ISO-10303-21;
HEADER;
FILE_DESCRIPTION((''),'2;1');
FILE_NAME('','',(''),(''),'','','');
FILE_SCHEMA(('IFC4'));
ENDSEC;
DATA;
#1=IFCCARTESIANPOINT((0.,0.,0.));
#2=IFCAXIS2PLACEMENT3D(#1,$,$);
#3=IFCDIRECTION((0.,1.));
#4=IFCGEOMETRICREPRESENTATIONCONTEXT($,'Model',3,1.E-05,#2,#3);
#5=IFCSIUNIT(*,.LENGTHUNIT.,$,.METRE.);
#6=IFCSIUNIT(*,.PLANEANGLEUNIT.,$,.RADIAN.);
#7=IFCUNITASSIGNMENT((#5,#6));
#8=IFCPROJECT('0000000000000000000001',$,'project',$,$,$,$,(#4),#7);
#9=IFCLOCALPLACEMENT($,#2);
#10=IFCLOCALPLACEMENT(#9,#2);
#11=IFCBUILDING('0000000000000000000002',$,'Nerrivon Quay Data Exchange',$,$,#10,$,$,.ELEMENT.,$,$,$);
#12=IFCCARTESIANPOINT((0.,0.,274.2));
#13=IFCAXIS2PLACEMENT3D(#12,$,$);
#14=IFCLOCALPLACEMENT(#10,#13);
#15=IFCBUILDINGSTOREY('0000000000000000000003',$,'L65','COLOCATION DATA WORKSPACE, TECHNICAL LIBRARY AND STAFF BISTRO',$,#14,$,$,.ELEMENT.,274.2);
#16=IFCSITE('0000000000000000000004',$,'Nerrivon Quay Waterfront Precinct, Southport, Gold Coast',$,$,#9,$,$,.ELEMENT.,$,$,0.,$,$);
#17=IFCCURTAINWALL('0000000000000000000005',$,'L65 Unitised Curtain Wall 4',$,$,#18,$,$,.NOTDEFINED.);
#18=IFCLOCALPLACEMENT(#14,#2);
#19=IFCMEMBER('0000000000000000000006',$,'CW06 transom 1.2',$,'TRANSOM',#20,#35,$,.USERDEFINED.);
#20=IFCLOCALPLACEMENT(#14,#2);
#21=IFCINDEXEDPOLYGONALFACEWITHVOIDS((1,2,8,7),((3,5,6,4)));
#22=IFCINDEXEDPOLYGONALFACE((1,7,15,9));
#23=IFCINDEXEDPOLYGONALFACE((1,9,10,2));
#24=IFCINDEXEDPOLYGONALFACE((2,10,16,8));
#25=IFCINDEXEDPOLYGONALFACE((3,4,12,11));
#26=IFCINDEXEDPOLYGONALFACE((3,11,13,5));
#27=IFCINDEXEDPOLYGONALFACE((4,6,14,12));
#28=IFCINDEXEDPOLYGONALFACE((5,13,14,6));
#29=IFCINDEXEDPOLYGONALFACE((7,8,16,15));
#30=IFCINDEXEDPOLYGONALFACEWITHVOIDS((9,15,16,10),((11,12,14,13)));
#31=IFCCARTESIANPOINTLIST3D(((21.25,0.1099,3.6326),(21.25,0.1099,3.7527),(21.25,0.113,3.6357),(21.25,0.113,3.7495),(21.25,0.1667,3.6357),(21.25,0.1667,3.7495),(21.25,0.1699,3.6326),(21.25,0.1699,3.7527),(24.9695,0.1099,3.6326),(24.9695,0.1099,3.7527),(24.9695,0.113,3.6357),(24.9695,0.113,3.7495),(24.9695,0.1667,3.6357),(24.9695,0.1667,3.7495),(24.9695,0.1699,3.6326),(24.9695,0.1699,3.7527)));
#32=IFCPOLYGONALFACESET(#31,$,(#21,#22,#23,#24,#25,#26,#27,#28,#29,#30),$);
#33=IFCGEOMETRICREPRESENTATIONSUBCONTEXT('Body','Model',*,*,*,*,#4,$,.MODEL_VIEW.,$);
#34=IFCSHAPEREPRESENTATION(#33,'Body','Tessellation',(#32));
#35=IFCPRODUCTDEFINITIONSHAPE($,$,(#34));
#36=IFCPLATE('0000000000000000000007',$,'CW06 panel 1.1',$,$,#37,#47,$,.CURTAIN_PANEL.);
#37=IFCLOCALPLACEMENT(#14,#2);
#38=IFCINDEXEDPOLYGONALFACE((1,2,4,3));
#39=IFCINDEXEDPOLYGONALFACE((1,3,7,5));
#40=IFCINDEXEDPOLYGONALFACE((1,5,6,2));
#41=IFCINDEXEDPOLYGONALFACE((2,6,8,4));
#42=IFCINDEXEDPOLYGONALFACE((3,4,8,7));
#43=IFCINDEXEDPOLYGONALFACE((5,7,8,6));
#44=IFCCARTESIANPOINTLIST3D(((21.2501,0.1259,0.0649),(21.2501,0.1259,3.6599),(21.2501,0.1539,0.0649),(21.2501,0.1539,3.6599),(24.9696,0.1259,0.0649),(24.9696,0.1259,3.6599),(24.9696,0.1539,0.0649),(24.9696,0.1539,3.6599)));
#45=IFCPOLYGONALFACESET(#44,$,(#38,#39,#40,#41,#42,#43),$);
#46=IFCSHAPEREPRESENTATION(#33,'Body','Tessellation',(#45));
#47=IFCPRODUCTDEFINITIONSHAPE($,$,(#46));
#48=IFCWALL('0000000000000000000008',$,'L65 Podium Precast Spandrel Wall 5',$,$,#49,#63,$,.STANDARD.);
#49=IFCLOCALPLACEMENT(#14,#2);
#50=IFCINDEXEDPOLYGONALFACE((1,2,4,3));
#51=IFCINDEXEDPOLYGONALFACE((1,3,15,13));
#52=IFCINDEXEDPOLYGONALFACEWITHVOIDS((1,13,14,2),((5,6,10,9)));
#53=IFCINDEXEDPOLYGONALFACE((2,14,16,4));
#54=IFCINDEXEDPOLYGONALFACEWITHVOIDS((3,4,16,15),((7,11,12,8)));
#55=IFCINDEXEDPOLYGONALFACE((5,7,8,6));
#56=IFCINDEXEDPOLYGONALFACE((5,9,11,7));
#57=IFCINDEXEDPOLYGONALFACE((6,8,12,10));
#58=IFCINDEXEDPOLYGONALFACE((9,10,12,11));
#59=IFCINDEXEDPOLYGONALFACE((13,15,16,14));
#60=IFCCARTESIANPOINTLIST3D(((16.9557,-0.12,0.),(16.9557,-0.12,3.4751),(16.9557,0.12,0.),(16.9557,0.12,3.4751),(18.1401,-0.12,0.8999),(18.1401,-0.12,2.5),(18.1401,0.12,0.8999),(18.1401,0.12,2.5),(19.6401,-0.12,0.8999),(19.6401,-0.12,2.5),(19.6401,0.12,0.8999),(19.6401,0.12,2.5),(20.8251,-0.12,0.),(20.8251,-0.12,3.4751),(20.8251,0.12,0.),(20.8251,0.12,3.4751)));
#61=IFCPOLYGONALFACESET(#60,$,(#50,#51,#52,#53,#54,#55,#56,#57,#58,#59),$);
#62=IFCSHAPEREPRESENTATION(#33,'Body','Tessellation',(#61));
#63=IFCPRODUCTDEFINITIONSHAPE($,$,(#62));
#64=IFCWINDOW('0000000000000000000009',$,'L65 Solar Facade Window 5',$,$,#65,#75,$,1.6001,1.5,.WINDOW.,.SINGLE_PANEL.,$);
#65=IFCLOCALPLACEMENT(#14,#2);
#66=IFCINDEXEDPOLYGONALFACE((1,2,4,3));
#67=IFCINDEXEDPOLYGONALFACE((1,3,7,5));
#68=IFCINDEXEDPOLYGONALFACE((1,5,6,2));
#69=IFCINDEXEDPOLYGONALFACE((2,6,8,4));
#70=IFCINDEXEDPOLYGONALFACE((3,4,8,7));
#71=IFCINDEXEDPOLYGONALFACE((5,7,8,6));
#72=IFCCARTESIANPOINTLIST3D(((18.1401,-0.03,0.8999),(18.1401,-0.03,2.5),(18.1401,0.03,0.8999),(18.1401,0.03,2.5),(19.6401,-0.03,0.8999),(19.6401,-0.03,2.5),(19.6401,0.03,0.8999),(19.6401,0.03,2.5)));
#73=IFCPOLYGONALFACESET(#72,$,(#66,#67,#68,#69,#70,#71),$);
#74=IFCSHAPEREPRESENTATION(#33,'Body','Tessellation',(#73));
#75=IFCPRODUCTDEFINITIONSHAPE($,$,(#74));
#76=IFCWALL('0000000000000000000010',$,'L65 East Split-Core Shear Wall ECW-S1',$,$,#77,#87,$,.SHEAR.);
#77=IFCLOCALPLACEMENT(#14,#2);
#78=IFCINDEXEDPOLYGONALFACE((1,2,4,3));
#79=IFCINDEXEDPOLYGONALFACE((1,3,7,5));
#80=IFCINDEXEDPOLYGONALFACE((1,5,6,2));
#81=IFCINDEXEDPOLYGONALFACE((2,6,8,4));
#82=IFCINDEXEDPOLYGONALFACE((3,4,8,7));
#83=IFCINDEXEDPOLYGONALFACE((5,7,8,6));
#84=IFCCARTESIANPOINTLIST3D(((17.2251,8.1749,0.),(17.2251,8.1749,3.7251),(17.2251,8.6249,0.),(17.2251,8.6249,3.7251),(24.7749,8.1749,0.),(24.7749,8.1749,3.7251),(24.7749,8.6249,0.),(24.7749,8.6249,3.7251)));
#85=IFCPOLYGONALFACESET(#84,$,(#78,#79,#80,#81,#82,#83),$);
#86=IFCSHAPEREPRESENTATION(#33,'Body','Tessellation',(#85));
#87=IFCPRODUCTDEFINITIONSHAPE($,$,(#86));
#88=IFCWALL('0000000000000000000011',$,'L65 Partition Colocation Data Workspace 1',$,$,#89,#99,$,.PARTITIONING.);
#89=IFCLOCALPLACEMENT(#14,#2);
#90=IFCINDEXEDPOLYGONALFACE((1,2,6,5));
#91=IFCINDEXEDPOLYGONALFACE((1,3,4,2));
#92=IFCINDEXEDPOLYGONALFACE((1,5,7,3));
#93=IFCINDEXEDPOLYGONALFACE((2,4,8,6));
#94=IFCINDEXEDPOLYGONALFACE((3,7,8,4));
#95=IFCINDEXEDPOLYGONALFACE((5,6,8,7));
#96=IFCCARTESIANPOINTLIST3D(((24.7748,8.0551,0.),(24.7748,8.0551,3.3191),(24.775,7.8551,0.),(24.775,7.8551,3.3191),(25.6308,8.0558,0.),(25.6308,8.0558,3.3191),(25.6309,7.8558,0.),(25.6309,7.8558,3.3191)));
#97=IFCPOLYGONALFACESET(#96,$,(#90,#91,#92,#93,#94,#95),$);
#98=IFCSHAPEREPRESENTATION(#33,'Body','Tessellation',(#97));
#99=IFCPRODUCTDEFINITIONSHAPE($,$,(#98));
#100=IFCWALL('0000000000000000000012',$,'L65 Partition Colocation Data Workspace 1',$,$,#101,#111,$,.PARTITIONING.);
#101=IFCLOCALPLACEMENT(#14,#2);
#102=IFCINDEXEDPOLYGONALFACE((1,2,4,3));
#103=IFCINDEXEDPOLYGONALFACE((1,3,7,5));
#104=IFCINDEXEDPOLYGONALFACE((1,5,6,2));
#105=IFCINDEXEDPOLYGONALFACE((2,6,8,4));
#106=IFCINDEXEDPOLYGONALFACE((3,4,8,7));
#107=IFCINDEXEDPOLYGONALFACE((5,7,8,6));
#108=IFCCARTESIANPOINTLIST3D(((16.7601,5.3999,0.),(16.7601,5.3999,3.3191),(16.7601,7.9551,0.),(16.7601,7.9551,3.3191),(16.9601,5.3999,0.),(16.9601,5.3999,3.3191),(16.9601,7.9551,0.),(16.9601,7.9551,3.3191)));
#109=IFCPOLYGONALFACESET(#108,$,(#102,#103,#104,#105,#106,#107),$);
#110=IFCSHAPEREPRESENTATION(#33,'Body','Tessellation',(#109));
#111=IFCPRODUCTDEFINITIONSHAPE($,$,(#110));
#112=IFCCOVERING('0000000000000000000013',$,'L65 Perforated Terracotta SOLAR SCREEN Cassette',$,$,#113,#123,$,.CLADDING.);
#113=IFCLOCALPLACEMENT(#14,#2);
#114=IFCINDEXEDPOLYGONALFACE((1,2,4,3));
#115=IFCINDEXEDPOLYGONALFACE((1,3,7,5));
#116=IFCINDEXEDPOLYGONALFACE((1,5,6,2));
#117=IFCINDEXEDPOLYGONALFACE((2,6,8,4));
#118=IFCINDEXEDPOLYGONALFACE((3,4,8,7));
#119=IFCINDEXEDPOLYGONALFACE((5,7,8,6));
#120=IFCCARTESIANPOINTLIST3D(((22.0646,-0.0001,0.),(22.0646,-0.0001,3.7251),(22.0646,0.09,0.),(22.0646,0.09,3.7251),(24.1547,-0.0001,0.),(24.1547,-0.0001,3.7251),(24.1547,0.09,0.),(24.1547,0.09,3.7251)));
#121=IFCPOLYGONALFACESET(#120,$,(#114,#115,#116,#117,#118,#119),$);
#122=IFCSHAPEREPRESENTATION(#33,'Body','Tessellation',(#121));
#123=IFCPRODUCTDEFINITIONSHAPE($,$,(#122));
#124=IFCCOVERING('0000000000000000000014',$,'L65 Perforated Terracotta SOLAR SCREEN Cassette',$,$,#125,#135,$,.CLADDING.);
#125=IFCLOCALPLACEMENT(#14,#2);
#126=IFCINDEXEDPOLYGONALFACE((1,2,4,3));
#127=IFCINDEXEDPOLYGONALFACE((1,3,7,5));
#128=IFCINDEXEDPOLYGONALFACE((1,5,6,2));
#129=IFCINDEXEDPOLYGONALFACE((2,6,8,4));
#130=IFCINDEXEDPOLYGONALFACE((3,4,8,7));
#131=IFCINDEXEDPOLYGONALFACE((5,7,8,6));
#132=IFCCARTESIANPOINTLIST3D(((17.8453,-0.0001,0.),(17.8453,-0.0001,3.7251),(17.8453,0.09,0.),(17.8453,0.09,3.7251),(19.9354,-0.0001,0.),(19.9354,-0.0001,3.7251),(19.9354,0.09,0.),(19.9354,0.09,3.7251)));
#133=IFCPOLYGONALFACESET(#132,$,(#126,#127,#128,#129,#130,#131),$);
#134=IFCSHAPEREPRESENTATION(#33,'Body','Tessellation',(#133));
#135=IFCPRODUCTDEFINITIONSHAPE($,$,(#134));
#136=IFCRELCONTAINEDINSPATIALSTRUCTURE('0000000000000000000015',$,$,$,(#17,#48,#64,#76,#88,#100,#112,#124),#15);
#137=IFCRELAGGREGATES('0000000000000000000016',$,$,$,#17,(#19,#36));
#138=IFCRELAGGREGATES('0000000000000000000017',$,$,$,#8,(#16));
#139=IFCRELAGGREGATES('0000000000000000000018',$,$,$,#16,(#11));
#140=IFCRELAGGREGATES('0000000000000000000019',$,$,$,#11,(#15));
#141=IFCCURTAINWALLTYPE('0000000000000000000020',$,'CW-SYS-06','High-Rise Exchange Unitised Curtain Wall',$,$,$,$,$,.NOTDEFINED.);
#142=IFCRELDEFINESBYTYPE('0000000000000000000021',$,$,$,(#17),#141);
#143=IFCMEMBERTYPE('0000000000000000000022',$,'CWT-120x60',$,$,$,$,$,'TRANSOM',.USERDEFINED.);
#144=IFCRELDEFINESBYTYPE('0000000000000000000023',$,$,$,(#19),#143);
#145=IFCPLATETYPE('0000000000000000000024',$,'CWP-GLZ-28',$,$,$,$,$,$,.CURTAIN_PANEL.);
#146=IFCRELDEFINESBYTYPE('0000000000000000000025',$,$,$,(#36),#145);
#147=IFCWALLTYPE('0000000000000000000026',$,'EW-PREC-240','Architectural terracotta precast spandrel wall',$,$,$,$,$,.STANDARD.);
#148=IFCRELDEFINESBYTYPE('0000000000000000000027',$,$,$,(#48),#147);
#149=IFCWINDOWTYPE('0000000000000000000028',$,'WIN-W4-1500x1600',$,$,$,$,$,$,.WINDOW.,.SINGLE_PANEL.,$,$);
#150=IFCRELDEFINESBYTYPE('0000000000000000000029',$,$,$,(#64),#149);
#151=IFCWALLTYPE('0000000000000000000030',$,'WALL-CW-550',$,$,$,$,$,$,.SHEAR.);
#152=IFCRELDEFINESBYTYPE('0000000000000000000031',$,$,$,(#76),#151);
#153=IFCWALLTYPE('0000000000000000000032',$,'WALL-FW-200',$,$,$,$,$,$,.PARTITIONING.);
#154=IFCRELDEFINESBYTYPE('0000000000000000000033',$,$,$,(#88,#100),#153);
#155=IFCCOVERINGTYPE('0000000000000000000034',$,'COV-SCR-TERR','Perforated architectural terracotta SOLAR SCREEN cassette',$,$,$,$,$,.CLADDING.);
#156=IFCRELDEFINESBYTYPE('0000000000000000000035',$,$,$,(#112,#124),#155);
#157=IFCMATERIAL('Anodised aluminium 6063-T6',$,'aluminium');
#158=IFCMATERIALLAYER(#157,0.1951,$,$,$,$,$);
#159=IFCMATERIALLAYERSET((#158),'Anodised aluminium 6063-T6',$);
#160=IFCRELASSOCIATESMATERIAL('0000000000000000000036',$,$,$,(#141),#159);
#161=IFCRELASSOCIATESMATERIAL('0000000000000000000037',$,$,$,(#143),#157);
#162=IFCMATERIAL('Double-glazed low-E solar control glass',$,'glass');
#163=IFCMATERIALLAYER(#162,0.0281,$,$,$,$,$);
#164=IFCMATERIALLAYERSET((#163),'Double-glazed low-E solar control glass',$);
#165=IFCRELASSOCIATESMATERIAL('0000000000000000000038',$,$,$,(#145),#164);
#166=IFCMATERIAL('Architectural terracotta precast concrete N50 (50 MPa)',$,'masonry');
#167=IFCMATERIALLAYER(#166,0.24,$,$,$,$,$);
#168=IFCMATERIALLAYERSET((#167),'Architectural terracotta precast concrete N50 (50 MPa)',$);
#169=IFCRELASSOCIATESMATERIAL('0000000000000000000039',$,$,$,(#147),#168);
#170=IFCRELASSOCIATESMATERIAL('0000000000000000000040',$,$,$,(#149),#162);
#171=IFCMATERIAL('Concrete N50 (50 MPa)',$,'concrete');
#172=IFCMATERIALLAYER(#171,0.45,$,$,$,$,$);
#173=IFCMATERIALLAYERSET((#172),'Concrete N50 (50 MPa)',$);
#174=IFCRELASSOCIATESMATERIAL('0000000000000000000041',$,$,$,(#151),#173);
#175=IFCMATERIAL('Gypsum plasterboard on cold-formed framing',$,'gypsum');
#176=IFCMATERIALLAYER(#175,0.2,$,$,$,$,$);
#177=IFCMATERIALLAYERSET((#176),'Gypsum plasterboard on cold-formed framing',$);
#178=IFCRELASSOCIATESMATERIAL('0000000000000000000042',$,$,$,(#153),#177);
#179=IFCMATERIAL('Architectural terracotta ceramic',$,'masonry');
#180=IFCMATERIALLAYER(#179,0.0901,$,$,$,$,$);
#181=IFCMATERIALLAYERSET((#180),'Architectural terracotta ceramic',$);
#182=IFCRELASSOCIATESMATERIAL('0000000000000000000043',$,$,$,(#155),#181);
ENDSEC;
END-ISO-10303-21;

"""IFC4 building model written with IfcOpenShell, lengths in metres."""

from ifc_helpers import new_model, si_unit, direction, frame, frame_2d, origin, origin_2d, place, context, subcontext, project, spatial, rectangle, hollow_rectangle, extrude, material, layer, layer_set, material_profile, profile_set, type_object, element, fill, aggregate, save


model = new_model("IFC4")

# Units and contexts
model_context = context("Model", 3, precision=1e-05, world=origin(), true_north=direction((0.0, 1.0)))
body_context = subcontext(model_context, "Body", "Model", "MODEL_VIEW")
ifc_project = project(units=[si_unit("LENGTHUNIT", "METRE"), si_unit("PLANEANGLEUNIT", "RADIAN")], contexts=[model_context])

# Site, building, storey
site_placement = place(None, origin())
site = spatial("IfcSite", under=ifc_project, at=site_placement, Name="Nerrivon Quay Waterfront Precinct, Southport, Gold Coast", CompositionType="ELEMENT", RefElevation=0.0)
building_placement = place(site_placement, origin())
building = spatial("IfcBuilding", under=site, at=building_placement, Name="Nerrivon Quay Data Exchange", CompositionType="ELEMENT")
storey_placement = place(building_placement, frame((0.0, 0.0, 274.2)))
storey = spatial("IfcBuildingStorey", under=building, at=storey_placement, Name="L65", Description="COLOCATION DATA WORKSPACE, TECHNICAL LIBRARY AND STAFF BISTRO", CompositionType="ELEMENT", Elevation=274.2)

# Shared definitions
ifc_material_1 = material(Name="Concrete N50 (50 MPa)", Category="concrete")

# Curtain wall, member, plate
ifc_material_2 = material(Name="Anodised aluminium 6063-T6", Category="aluminium")
ifc_layer_1 = layer(ifc_material_2, 0.1951)
ifc_layer_set_1 = layer_set([ifc_layer_1], Name="Anodised aluminium 6063-T6")
curtain_wall_type = type_object("IfcCurtainWallType", Name="CW-SYS-06", Description="High-Rise Exchange Unitised Curtain Wall", PredefinedType="NOTDEFINED", material=ifc_layer_set_1)
curtain_wall_placement = place(storey_placement, origin())
curtain_wall = element("IfcCurtainWall", 1, at=curtain_wall_placement, inside=storey, type_object=curtain_wall_type, Name="L65 Unitised Curtain Wall 4", PredefinedType="NOTDEFINED")
ifc_material_profile_1 = material_profile(ifc_material_2, hollow_rectangle(XDim=0.0601, YDim=0.1201, WallThickness=0.0032, at=origin_2d()), Name="ALU-TRAN-120x60")
ifc_profile_set_1 = profile_set([ifc_material_profile_1], Name="Anodised aluminium 6063-T6")
member_type_1 = type_object("IfcMemberType", Name="CWT-120x60", ElementType="TRANSOM", PredefinedType="USERDEFINED", material=ifc_profile_set_1)
member_1_placement = place(storey_placement, frame((24.9695, 0.1399, 3.6926), z_axis=(-1.0, 0.0, 0.0), x_axis=(0.0, -1.0, 0.0)))
member_1 = element("IfcMember", 2, at=member_1_placement, type_object=member_type_1, Name="CW06 transom 1.2", ObjectType="TRANSOM", PredefinedType="USERDEFINED", context=body_context, shape_type="SweptSolid", body=[
    extrude(hollow_rectangle(XDim=0.0601, YDim=0.1201, WallThickness=0.0032, at=origin_2d()), origin(), (0.0, 0.0, 1.0), 3.7195),
])
ifc_material_3 = material(Name="Double-glazed low-E solar control glass", Category="glass")
ifc_layer_2 = layer(ifc_material_3, 0.0281)
ifc_layer_set_2 = layer_set([ifc_layer_2], Name="Double-glazed low-E solar control glass")
plate_type = type_object("IfcPlateType", Name="CWP-GLZ-28", PredefinedType="CURTAIN_PANEL", material=ifc_layer_set_2)
plate_placement = place(storey_placement, frame((23.1099, 0.1399, 0.0649), z_axis=(0.0, 0.0, 1.0), x_axis=(-1.0, 0.0, 0.0)))
plate = element("IfcPlate", 3, at=plate_placement, type_object=plate_type, Name="CW06 panel 1.1", PredefinedType="CURTAIN_PANEL", context=body_context, shape_type="SweptSolid", body=[
    extrude(rectangle(XDim=3.7195, YDim=0.0281, at=origin_2d()), origin(), (0.0, 0.0, 1.0), 3.595),
])
aggregate(curtain_wall, [member_1, plate])

# Wall, opening, window
ifc_material_4 = material(Name="Architectural terracotta precast concrete N50 (50 MPa)", Category="masonry")
ifc_layer_3 = layer(ifc_material_4, 0.24)
ifc_layer_set_3 = layer_set([ifc_layer_3], Name="Architectural terracotta precast concrete N50 (50 MPa)")
wall_type_1 = type_object("IfcWallType", Name="EW-PREC-240", Description="Architectural terracotta precast spandrel wall", PredefinedType="STANDARD", material=ifc_layer_set_3)
wall_1_placement = place(storey_placement, frame((20.825, 0.0, 0.0), z_axis=(0.0, 0.0, 1.0), x_axis=(-1.0, 0.0, 0.0)))
wall_1 = element("IfcWall", 4, at=wall_1_placement, inside=storey, type_object=wall_type_1, Name="L65 Podium Precast Spandrel Wall 5", PredefinedType="STANDARD", context=body_context, shape_type="SweptSolid", body=[
    extrude(rectangle(XDim=3.8694, YDim=0.24, at=frame_2d((1.9346, 0.0))), origin(), (0.0, 0.0, 1.0), 3.4751),
])
opening_placement = place(wall_1_placement, frame((1.1848, 0.0, 0.8999)))
opening = element("IfcOpeningElement", 5, at=opening_placement, cuts=wall_1, PredefinedType="OPENING", context=body_context, shape_type="SweptSolid", body=[
    extrude(rectangle(XDim=1.5, YDim=1.6001, at=frame_2d((0.75, 0.8))), frame((0.0, 0.1299, 0.0), z_axis=(0.0, -1.0, 0.0), x_axis=(1.0, 0.0, 0.0)), (0.0, 0.0, 1.0), 0.26),
])
window_type = type_object("IfcWindowType", Name="WIN-W4-1500x1600", PartitioningType="SINGLE_PANEL", PredefinedType="WINDOW", material=ifc_material_3)
window_placement = place(opening_placement, origin())
window = element("IfcWindow", 6, at=window_placement, inside=storey, type_object=window_type, Name="L65 Solar Facade Window 5", OverallHeight=1.6001, OverallWidth=1.5, PartitioningType="SINGLE_PANEL", PredefinedType="WINDOW", context=body_context, shape_type="SweptSolid", body=[
    extrude(rectangle(XDim=1.5, YDim=1.6001, at=frame_2d((0.75, 0.8))), frame((0.0, 0.03, 0.0), z_axis=(0.0, -1.0, 0.0), x_axis=(1.0, 0.0, 0.0)), (0.0, 0.0, 1.0), 0.0601),
])
fill(opening, window)

# Walls
ifc_layer_4 = layer(ifc_material_1, 0.45)
ifc_layer_set_4 = layer_set([ifc_layer_4], Name="Concrete N50 (50 MPa)")
wall_type_2 = type_object("IfcWallType", Name="WALL-CW-550", PredefinedType="SHEAR", material=ifc_layer_set_4)
wall_2_placement = place(storey_placement, frame((17.2251, 8.3999, 0.0), z_axis=(0.0, 0.0, 1.0), x_axis=(1.0, 0.0, 0.0)))
element("IfcWall", 7, at=wall_2_placement, inside=storey, type_object=wall_type_2, Name="L65 East Split-Core Shear Wall ECW-S1", PredefinedType="SHEAR", context=body_context, shape_type="SweptSolid", body=[
    extrude(rectangle(XDim=7.5498, YDim=0.45, at=frame_2d((3.7749, 0.0))), origin(), (0.0, 0.0, 1.0), 3.7251),
])
ifc_material_5 = material(Name="Gypsum plasterboard on cold-formed framing", Category="gypsum")
ifc_layer_5 = layer(ifc_material_5, 0.2)
ifc_layer_set_5 = layer_set([ifc_layer_5], Name="Gypsum plasterboard on cold-formed framing")
wall_type_3 = type_object("IfcWallType", Name="WALL-FW-200", PredefinedType="PARTITIONING", material=ifc_layer_set_5)
wall_3_placement = place(storey_placement, frame((25.6309, 7.9558, 0.0), z_axis=(0.0, 0.0, 1.0), x_axis=(-1.0, -0.000856, 0.0)))
element("IfcWall", 8, at=wall_3_placement, inside=storey, type_object=wall_type_3, Name="L65 Partition Colocation Data Workspace 1", PredefinedType="PARTITIONING", context=body_context, shape_type="SweptSolid", body=[
    extrude(rectangle(XDim=0.856, YDim=0.2, at=frame_2d((0.428, 0.0))), origin(), (0.0, 0.0, 1.0), 3.3191),
])
wall_4_placement = place(storey_placement, frame((16.8601, 7.9551, 0.0), z_axis=(0.0, 0.0, 1.0), x_axis=(0.0, -1.0, 0.0)))
element("IfcWall", 9, at=wall_4_placement, inside=storey, type_object=wall_type_3, Name="L65 Partition Colocation Data Workspace 1", PredefinedType="PARTITIONING", context=body_context, shape_type="SweptSolid", body=[
    extrude(rectangle(XDim=2.5552, YDim=0.2, at=frame_2d((1.2776, 0.0))), origin(), (0.0, 0.0, 1.0), 3.3191),
])

# Coverings
ifc_material_6 = material(Name="Architectural terracotta ceramic", Category="masonry")
ifc_layer_6 = layer(ifc_material_6, 0.0901)
ifc_layer_set_6 = layer_set([ifc_layer_6], Name="Architectural terracotta ceramic")
covering_type = type_object("IfcCoveringType", Name="COV-SCR-TERR", Description="Perforated architectural terracotta SOLAR SCREEN cassette", PredefinedType="CLADDING", material=ifc_layer_set_6)
for number, where, z_axis, x_axis, name in (
    (10, (23.1096, 0.0449, 0.0), (0.0, 0.0, 1.0), (-1.0, 0.0, 0.0), "L65 Perforated Terracotta SOLAR SCREEN Cassette"),
    (11, (18.8904, 0.0449, 0.0), (0.0, 0.0, 1.0), (-1.0, 0.0, 0.0), "L65 Perforated Terracotta SOLAR SCREEN Cassette"),
):
    element("IfcCovering", number, at=place(storey_placement, frame(where, z_axis=z_axis, x_axis=x_axis)), inside=storey, type_object=covering_type, Name=name, PredefinedType="CLADDING", context=body_context, shape_type="SweptSolid", body=[
        extrude(rectangle(XDim=2.0901, YDim=0.0901, at=origin_2d()), origin(), (0.0, 0.0, 1.0), 3.7251),
    ])

save(model, "model.ifc")
